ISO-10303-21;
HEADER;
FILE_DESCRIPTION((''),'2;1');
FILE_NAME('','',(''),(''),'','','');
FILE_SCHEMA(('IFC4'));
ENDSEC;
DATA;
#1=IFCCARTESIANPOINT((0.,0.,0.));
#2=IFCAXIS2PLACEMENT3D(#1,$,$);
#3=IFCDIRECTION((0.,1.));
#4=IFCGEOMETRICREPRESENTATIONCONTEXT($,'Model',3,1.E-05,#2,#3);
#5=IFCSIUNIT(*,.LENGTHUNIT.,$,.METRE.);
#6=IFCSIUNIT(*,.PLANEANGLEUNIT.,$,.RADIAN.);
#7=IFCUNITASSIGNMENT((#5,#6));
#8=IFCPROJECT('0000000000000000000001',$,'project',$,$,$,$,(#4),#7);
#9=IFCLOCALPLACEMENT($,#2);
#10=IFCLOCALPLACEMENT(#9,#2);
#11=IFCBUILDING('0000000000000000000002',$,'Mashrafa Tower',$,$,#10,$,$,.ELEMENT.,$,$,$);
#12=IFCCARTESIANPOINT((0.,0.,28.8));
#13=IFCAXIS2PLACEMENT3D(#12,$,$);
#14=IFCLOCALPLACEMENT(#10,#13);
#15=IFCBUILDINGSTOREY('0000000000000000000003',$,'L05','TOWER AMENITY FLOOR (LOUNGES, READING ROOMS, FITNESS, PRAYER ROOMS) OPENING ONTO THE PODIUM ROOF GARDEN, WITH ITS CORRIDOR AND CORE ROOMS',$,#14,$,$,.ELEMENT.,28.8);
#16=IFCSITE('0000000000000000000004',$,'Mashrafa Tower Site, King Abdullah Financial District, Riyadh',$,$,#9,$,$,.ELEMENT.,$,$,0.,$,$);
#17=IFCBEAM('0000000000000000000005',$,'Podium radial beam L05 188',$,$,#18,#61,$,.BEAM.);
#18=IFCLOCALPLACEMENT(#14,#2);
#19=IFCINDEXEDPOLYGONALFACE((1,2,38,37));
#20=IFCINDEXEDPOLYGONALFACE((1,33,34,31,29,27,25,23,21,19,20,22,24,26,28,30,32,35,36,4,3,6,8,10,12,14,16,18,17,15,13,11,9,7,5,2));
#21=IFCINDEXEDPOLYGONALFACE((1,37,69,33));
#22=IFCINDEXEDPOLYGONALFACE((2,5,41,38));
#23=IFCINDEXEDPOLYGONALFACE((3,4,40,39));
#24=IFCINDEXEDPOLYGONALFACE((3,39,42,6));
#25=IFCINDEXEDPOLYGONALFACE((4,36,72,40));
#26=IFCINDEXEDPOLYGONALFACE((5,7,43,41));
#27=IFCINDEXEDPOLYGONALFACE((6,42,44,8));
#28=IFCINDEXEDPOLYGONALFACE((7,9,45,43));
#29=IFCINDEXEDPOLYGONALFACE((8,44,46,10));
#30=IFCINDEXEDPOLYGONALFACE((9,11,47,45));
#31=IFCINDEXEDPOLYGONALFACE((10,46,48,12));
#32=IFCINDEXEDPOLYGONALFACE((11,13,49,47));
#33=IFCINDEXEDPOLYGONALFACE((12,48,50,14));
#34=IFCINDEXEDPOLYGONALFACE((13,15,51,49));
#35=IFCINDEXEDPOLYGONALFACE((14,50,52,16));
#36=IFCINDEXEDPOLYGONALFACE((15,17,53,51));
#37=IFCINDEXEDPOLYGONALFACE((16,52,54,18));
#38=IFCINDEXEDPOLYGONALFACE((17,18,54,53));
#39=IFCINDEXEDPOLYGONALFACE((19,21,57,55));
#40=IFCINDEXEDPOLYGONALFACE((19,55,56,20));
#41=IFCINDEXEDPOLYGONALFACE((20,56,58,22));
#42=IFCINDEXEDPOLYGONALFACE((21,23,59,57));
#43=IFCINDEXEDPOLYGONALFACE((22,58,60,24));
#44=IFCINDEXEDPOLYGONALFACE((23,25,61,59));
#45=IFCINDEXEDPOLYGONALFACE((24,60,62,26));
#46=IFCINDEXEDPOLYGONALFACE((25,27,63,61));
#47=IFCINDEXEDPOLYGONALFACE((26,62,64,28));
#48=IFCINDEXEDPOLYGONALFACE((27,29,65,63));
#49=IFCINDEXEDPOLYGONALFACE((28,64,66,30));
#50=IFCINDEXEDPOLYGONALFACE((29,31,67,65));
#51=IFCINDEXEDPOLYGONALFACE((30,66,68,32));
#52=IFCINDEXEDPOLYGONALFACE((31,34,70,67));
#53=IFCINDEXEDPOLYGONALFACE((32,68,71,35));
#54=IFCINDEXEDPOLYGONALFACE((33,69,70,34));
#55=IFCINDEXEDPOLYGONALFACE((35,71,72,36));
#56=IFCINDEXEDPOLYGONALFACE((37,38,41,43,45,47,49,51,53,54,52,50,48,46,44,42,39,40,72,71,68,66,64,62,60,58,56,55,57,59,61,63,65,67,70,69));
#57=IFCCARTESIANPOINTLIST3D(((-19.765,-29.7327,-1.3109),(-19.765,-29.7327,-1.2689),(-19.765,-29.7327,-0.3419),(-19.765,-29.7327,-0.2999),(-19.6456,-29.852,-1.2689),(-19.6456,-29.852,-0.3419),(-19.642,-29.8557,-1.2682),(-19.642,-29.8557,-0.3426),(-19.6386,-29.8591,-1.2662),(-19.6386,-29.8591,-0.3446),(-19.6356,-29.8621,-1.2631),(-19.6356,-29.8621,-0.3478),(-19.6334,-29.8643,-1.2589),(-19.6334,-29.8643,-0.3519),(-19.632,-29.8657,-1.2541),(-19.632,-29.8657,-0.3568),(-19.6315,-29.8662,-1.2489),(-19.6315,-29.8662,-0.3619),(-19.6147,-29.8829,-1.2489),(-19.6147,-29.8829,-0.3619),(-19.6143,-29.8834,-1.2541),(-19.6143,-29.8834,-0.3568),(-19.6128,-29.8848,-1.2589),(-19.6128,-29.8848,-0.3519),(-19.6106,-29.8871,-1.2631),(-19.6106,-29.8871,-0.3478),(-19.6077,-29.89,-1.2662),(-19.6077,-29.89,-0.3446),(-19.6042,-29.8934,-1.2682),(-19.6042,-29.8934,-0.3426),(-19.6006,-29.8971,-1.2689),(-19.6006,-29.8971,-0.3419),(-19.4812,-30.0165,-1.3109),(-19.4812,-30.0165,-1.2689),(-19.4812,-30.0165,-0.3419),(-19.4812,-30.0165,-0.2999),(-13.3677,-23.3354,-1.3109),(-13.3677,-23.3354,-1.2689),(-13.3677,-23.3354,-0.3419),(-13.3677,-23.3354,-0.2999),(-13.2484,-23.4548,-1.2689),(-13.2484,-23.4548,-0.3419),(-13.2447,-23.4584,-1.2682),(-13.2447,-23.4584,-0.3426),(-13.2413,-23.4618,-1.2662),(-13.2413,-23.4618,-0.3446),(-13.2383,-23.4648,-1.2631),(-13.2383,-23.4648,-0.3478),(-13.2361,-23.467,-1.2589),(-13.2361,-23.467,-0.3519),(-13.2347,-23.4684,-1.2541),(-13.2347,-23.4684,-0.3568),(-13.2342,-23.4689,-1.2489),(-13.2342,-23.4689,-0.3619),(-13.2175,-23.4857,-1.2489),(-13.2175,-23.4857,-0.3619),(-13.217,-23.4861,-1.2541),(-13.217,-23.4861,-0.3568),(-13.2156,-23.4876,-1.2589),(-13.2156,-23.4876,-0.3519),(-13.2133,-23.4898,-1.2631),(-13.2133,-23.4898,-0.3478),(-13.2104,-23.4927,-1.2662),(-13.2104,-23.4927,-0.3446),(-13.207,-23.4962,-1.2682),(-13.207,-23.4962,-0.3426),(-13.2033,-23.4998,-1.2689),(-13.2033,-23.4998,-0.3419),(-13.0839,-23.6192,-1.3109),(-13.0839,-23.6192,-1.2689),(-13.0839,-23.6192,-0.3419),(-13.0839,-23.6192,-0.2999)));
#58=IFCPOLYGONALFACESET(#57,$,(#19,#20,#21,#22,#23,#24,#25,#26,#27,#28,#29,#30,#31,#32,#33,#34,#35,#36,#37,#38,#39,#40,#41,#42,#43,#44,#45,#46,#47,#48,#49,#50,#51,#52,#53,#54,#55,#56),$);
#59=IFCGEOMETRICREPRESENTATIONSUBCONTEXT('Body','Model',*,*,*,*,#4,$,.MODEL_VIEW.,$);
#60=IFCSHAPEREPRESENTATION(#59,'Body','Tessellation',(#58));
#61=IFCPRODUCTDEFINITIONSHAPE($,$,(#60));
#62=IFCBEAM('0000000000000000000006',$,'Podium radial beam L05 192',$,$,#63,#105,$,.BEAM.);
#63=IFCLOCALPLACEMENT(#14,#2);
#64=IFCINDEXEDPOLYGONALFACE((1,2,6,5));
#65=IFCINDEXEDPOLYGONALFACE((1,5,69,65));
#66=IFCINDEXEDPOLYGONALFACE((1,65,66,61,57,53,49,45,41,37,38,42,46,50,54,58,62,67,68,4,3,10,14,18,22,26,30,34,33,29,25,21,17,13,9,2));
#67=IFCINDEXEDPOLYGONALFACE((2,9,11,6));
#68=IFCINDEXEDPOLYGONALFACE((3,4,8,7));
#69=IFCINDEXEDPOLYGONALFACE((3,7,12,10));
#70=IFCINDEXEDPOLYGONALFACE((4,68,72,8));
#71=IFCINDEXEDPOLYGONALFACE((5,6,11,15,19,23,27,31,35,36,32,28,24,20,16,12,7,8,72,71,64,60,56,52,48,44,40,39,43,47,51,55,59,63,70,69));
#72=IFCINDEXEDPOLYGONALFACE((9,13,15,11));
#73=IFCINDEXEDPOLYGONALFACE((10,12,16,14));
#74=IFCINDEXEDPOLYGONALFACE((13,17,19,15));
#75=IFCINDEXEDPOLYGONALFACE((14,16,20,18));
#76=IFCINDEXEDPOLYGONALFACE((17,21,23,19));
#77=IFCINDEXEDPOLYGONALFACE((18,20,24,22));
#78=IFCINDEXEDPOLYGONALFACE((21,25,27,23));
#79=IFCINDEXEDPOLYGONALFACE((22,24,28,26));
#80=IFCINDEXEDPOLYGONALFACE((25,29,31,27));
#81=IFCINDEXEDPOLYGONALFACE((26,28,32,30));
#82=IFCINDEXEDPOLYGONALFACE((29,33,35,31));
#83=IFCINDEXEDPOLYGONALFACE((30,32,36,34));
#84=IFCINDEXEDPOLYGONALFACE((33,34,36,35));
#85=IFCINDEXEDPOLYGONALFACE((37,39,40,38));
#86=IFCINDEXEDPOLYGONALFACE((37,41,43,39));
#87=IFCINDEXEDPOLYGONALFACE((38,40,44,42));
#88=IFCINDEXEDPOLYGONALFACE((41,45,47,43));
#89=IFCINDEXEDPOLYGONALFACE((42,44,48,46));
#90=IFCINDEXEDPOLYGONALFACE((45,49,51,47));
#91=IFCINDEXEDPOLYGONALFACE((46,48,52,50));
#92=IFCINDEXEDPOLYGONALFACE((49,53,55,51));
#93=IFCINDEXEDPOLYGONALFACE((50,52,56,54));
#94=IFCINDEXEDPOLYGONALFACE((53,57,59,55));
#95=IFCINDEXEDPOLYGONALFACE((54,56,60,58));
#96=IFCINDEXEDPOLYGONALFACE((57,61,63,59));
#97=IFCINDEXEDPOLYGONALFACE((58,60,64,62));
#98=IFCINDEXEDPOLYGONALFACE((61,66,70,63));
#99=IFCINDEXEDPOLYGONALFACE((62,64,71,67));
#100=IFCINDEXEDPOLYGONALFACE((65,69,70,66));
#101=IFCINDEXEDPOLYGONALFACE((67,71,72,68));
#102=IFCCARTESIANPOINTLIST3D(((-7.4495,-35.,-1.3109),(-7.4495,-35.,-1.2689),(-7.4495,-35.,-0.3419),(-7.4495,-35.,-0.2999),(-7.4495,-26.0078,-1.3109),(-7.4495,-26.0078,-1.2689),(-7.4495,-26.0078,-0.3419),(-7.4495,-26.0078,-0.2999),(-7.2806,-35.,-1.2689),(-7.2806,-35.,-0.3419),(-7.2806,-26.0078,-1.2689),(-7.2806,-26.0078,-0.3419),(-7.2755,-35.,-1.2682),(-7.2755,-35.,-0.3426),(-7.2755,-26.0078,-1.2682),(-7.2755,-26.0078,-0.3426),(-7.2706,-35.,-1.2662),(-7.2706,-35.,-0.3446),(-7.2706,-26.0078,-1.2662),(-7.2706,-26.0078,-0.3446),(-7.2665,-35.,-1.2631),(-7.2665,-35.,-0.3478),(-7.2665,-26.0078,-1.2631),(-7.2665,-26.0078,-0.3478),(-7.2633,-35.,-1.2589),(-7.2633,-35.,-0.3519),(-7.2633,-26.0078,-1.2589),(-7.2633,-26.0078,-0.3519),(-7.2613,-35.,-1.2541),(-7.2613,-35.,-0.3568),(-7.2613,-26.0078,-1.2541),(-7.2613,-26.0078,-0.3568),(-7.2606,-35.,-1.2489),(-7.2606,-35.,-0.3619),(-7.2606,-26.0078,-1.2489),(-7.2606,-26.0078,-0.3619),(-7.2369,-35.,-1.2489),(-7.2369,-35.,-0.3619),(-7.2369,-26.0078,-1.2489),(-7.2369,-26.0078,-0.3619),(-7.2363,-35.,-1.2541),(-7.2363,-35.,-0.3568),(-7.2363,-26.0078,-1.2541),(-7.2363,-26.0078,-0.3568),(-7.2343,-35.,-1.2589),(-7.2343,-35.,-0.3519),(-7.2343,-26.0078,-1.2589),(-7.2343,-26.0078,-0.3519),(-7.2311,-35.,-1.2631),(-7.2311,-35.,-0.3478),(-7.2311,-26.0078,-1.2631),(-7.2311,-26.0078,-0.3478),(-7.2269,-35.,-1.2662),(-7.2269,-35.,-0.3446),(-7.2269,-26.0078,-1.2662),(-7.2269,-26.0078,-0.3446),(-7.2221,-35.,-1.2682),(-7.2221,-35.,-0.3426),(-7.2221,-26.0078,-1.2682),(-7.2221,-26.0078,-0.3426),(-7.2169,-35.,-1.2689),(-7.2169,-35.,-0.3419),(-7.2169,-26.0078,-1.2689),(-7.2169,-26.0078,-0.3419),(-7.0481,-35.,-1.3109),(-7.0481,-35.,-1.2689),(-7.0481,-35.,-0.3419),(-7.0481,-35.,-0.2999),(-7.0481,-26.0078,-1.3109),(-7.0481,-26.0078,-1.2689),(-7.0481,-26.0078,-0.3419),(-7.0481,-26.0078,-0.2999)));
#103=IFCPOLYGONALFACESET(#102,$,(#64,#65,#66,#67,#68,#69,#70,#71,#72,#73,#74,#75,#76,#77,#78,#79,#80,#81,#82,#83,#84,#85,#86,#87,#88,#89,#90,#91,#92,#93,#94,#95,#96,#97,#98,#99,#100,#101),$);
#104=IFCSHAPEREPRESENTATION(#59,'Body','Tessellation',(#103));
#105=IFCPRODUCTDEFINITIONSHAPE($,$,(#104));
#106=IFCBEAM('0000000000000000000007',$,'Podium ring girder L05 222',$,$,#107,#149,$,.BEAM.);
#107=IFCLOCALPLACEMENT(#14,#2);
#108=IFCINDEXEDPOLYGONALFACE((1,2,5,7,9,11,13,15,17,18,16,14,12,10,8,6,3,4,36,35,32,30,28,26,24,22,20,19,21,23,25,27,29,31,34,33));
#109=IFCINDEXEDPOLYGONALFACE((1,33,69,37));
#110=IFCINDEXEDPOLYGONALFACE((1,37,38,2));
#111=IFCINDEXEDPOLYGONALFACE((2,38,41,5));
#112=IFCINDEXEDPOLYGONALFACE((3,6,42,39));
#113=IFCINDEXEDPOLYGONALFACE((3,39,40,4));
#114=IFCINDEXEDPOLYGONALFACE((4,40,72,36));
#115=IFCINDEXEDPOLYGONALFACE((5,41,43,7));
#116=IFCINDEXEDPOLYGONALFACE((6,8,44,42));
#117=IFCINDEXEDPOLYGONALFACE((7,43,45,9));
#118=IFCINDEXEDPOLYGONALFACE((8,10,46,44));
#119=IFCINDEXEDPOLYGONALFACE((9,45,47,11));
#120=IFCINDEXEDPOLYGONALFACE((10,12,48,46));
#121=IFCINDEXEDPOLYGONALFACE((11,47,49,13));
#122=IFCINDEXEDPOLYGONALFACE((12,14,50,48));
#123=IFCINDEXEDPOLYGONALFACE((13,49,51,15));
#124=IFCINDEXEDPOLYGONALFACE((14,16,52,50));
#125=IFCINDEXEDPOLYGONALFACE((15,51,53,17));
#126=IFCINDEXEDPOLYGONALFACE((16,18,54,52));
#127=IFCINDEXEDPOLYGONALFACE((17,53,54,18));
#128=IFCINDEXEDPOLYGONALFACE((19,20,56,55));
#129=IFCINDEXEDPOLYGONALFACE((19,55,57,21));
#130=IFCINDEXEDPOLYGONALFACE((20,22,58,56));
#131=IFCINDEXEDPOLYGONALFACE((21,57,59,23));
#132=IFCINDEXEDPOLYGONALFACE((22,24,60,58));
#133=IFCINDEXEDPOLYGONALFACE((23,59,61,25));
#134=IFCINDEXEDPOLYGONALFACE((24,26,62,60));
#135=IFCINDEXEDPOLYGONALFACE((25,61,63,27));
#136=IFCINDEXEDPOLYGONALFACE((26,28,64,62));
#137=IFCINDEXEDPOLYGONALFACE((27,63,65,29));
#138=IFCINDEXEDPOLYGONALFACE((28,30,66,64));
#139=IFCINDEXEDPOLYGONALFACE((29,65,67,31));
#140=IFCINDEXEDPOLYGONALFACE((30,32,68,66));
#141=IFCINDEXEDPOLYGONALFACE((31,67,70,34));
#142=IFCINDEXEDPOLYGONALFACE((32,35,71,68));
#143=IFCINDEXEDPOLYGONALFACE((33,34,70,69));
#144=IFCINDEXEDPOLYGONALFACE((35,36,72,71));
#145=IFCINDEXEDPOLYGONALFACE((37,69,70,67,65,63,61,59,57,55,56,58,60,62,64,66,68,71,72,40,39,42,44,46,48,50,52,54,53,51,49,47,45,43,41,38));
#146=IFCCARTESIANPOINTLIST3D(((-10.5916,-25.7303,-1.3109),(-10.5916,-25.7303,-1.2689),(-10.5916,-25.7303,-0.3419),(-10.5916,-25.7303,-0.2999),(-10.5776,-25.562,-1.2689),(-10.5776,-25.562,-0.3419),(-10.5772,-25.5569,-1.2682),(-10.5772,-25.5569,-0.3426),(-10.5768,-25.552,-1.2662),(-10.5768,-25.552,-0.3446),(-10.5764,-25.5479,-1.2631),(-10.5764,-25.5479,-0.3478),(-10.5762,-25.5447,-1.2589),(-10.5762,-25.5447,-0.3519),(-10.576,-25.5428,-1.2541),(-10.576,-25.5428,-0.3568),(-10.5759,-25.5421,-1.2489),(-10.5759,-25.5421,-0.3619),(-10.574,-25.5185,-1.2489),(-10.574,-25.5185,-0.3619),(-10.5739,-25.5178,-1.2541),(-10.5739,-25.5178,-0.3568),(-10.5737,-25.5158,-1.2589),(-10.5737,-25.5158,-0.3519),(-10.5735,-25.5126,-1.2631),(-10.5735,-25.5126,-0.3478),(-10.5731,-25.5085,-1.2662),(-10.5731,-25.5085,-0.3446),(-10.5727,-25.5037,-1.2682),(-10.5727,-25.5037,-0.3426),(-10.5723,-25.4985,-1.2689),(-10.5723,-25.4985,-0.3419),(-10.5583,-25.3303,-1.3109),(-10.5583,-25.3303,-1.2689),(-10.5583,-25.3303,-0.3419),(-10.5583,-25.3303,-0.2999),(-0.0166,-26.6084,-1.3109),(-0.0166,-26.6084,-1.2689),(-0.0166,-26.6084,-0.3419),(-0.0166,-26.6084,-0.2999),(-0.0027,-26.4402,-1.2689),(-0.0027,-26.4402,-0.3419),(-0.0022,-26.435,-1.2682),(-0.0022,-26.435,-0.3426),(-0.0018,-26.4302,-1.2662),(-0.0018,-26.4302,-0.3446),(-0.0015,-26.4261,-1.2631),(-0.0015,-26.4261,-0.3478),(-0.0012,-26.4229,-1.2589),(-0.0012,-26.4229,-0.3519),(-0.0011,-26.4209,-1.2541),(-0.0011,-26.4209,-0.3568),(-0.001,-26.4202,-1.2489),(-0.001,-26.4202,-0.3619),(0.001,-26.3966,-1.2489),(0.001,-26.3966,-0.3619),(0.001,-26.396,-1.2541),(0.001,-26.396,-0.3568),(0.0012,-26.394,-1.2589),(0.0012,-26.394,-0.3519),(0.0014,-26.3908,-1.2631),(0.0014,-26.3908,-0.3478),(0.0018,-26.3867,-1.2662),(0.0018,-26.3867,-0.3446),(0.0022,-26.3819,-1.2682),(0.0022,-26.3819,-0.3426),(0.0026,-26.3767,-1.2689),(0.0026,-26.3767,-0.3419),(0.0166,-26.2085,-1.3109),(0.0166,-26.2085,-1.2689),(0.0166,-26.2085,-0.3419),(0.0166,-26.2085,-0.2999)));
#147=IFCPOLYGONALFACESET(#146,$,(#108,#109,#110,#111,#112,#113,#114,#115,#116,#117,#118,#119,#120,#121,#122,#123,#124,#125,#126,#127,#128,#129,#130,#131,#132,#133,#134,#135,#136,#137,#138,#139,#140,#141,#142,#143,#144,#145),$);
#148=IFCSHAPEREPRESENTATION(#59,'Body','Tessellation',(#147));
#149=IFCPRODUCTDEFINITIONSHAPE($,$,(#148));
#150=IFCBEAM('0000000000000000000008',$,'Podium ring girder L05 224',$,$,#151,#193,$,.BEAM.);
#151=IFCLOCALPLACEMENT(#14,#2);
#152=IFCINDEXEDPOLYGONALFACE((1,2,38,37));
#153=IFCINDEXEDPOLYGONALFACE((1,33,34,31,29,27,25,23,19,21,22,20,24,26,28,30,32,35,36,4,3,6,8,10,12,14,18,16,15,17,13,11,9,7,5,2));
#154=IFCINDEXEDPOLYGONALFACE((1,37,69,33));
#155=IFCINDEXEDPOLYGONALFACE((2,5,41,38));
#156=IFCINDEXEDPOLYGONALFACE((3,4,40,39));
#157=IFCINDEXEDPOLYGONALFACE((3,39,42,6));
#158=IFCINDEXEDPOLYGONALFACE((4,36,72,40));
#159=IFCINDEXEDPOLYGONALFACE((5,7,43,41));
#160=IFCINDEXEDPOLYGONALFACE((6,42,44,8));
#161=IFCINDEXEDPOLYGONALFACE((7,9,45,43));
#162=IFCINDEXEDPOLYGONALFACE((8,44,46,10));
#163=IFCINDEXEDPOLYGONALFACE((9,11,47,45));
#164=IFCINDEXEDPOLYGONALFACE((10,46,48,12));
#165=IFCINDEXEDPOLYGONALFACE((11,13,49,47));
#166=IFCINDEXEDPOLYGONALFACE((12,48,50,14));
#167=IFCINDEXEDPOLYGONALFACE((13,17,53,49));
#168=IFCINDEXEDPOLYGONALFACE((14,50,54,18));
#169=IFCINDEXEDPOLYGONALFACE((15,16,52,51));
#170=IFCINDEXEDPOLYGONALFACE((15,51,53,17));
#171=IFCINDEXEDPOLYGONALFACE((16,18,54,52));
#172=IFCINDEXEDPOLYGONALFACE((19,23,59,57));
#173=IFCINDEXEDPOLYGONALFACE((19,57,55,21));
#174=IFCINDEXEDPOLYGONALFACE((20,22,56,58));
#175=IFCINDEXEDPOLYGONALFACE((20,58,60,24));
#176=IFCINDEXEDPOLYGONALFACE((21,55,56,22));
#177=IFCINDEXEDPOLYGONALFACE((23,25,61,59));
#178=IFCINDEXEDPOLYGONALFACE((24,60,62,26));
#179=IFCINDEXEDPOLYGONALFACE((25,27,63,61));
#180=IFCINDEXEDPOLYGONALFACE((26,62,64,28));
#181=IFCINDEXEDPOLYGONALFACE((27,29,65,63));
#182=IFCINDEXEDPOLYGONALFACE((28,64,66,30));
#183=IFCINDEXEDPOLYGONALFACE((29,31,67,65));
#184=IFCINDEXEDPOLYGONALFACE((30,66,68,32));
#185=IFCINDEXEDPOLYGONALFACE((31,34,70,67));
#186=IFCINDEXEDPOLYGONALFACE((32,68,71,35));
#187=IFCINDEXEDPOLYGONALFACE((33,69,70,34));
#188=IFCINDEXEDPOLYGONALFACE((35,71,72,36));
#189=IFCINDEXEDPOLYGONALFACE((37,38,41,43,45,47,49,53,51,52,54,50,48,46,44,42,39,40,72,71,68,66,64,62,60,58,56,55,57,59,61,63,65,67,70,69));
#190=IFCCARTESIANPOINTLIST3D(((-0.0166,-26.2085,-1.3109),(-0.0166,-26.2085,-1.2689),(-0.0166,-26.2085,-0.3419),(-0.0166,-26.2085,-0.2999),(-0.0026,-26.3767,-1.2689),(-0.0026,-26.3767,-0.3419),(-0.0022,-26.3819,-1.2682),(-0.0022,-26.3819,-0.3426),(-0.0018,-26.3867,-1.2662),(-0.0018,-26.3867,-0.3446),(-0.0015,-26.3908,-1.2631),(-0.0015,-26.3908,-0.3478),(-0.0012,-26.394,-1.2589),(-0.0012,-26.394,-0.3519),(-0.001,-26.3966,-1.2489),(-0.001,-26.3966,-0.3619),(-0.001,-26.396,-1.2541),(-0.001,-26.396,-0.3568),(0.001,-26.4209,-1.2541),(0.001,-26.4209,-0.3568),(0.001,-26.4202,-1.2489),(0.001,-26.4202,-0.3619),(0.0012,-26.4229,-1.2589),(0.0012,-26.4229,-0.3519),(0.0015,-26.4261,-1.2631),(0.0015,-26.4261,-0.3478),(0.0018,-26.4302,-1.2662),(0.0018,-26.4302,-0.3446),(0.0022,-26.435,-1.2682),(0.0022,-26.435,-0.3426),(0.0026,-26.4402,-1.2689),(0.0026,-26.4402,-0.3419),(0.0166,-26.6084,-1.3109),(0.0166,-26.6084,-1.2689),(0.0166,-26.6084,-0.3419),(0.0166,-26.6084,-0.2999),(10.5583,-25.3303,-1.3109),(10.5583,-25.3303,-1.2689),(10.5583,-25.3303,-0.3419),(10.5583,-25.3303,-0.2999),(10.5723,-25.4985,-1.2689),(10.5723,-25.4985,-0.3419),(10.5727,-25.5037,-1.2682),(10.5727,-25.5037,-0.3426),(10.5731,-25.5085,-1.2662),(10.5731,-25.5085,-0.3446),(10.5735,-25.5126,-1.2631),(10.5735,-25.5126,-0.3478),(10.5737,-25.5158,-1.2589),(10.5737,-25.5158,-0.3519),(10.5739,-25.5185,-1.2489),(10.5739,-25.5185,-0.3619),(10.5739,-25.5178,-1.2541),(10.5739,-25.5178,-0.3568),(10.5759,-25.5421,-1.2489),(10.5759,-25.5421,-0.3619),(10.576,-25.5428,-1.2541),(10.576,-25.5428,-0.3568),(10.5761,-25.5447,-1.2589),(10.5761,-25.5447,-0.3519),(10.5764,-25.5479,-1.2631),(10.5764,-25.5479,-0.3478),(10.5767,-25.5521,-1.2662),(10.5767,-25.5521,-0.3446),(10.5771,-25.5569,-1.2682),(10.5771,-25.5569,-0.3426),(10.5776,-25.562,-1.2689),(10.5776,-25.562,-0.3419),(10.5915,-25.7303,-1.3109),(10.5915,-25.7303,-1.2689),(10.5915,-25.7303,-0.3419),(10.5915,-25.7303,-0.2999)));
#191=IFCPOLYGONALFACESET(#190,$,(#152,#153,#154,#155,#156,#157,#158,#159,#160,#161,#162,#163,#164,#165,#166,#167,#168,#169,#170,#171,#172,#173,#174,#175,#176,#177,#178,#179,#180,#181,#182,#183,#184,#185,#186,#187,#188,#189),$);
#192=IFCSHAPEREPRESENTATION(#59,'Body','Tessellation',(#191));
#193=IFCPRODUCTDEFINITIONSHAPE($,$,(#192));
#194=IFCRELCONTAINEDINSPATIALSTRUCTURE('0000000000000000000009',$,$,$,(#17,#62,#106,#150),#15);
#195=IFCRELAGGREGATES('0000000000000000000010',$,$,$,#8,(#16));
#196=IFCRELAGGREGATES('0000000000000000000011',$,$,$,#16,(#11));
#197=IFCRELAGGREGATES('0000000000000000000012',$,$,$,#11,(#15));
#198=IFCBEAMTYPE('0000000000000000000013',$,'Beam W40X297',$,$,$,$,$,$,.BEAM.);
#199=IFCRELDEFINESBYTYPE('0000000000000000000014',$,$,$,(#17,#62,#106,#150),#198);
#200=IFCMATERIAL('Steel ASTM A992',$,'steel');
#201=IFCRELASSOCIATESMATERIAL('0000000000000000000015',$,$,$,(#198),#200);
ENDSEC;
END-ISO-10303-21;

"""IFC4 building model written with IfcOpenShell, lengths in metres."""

from ifc_helpers import new_model, si_unit, direction, frame, origin, origin_2d, place, context, subcontext, project, spatial, i_section, extrude, material, material_profile, profile_set, type_object, element, save


model = new_model("IFC4")

# Units and contexts
model_context = context("Model", 3, precision=1e-05, world=origin(), true_north=direction((0.0, 1.0)))
body_context = subcontext(model_context, "Body", "Model", "MODEL_VIEW")
ifc_project = project(units=[si_unit("LENGTHUNIT", "METRE"), si_unit("PLANEANGLEUNIT", "RADIAN")], contexts=[model_context])

# Site, building, storey
site_placement = place(None, origin())
site = spatial("IfcSite", under=ifc_project, at=site_placement, Name="Mashrafa Tower Site, King Abdullah Financial District, Riyadh", CompositionType="ELEMENT", RefElevation=0.0)
building_placement = place(site_placement, origin())
building = spatial("IfcBuilding", under=site, at=building_placement, Name="Mashrafa Tower", CompositionType="ELEMENT")
storey_placement = place(building_placement, frame((0.0, 0.0, 28.8)))
storey = spatial("IfcBuildingStorey", under=building, at=storey_placement, Name="L05", Description="TOWER AMENITY FLOOR (LOUNGES, READING ROOMS, FITNESS, PRAYER ROOMS) OPENING ONTO THE PODIUM ROOF GARDEN, WITH ITS CORRIDOR AND CORE ROOMS", CompositionType="ELEMENT", Elevation=28.8)

# Beams
ifc_material_1 = material(Name="Steel ASTM A992", Category="steel")
ifc_material_profile_1 = material_profile(ifc_material_1, i_section(OverallWidth=0.4014, OverallDepth=1.011, WebThickness=0.0237, FlangeThickness=0.042, FilletRadius=0.02, at=origin_2d()), Name="W40X297")
ifc_profile_set_1 = profile_set([ifc_material_profile_1], Name="Steel ASTM A992")
beam_type_1 = type_object("IfcBeamType", Name="Beam W40X297", PredefinedType="BEAM", material=ifc_profile_set_1)
beam_1_placement = place(storey_placement, frame((-13.2258, -23.4773, -0.8054), z_axis=(-0.707107, -0.707107, 0.0), x_axis=(0.707107, -0.707107, 0.0)))
element("IfcBeam", 1, at=beam_1_placement, inside=storey, type_object=beam_type_1, Name="Podium radial beam L05 188", PredefinedType="BEAM", context=body_context, shape_type="SweptSolid", body=[
    extrude(i_section(OverallWidth=0.4014, OverallDepth=1.011, WebThickness=0.0237, FlangeThickness=0.042, FilletRadius=0.02, at=origin_2d()), origin(), (0.0, 0.0, 1.0), 9.0471),
])
beam_2_placement = place(storey_placement, frame((-7.2488, -26.0078, -0.8054), z_axis=(0.0, -1.0, 0.0), x_axis=(1.0, 0.0, 0.0)))
element("IfcBeam", 2, at=beam_2_placement, inside=storey, type_object=beam_type_1, Name="Podium radial beam L05 192", PredefinedType="BEAM", context=body_context, shape_type="SweptSolid", body=[
    extrude(i_section(OverallWidth=0.4014, OverallDepth=1.011, WebThickness=0.0237, FlangeThickness=0.042, FilletRadius=0.02, at=origin_2d()), origin(), (0.0, 0.0, 1.0), 8.9922),
])
for number, where, z_axis, x_axis, name in (
    (3, (-10.575, -25.5303, -0.8054), (0.99657, -0.082758, 0.0), (0.082758, 0.99657, 0.0), "Podium ring girder L05 222"),
    (4, (0.0, -26.4084, -0.8054), (0.99657, 0.082758, 0.0), (-0.082758, 0.99657, 0.0), "Podium ring girder L05 224"),
):
    element("IfcBeam", number, at=place(storey_placement, frame(where, z_axis=z_axis, x_axis=x_axis)), inside=storey, type_object=beam_type_1, Name=name, PredefinedType="BEAM", context=body_context, shape_type="SweptSolid", body=[
        extrude(i_section(OverallWidth=0.4014, OverallDepth=1.011, WebThickness=0.0237, FlangeThickness=0.042, FilletRadius=0.02, at=origin_2d()), origin(), (0.0, 0.0, 1.0), 10.6113),
    ])

save(model, "model.ifc")
